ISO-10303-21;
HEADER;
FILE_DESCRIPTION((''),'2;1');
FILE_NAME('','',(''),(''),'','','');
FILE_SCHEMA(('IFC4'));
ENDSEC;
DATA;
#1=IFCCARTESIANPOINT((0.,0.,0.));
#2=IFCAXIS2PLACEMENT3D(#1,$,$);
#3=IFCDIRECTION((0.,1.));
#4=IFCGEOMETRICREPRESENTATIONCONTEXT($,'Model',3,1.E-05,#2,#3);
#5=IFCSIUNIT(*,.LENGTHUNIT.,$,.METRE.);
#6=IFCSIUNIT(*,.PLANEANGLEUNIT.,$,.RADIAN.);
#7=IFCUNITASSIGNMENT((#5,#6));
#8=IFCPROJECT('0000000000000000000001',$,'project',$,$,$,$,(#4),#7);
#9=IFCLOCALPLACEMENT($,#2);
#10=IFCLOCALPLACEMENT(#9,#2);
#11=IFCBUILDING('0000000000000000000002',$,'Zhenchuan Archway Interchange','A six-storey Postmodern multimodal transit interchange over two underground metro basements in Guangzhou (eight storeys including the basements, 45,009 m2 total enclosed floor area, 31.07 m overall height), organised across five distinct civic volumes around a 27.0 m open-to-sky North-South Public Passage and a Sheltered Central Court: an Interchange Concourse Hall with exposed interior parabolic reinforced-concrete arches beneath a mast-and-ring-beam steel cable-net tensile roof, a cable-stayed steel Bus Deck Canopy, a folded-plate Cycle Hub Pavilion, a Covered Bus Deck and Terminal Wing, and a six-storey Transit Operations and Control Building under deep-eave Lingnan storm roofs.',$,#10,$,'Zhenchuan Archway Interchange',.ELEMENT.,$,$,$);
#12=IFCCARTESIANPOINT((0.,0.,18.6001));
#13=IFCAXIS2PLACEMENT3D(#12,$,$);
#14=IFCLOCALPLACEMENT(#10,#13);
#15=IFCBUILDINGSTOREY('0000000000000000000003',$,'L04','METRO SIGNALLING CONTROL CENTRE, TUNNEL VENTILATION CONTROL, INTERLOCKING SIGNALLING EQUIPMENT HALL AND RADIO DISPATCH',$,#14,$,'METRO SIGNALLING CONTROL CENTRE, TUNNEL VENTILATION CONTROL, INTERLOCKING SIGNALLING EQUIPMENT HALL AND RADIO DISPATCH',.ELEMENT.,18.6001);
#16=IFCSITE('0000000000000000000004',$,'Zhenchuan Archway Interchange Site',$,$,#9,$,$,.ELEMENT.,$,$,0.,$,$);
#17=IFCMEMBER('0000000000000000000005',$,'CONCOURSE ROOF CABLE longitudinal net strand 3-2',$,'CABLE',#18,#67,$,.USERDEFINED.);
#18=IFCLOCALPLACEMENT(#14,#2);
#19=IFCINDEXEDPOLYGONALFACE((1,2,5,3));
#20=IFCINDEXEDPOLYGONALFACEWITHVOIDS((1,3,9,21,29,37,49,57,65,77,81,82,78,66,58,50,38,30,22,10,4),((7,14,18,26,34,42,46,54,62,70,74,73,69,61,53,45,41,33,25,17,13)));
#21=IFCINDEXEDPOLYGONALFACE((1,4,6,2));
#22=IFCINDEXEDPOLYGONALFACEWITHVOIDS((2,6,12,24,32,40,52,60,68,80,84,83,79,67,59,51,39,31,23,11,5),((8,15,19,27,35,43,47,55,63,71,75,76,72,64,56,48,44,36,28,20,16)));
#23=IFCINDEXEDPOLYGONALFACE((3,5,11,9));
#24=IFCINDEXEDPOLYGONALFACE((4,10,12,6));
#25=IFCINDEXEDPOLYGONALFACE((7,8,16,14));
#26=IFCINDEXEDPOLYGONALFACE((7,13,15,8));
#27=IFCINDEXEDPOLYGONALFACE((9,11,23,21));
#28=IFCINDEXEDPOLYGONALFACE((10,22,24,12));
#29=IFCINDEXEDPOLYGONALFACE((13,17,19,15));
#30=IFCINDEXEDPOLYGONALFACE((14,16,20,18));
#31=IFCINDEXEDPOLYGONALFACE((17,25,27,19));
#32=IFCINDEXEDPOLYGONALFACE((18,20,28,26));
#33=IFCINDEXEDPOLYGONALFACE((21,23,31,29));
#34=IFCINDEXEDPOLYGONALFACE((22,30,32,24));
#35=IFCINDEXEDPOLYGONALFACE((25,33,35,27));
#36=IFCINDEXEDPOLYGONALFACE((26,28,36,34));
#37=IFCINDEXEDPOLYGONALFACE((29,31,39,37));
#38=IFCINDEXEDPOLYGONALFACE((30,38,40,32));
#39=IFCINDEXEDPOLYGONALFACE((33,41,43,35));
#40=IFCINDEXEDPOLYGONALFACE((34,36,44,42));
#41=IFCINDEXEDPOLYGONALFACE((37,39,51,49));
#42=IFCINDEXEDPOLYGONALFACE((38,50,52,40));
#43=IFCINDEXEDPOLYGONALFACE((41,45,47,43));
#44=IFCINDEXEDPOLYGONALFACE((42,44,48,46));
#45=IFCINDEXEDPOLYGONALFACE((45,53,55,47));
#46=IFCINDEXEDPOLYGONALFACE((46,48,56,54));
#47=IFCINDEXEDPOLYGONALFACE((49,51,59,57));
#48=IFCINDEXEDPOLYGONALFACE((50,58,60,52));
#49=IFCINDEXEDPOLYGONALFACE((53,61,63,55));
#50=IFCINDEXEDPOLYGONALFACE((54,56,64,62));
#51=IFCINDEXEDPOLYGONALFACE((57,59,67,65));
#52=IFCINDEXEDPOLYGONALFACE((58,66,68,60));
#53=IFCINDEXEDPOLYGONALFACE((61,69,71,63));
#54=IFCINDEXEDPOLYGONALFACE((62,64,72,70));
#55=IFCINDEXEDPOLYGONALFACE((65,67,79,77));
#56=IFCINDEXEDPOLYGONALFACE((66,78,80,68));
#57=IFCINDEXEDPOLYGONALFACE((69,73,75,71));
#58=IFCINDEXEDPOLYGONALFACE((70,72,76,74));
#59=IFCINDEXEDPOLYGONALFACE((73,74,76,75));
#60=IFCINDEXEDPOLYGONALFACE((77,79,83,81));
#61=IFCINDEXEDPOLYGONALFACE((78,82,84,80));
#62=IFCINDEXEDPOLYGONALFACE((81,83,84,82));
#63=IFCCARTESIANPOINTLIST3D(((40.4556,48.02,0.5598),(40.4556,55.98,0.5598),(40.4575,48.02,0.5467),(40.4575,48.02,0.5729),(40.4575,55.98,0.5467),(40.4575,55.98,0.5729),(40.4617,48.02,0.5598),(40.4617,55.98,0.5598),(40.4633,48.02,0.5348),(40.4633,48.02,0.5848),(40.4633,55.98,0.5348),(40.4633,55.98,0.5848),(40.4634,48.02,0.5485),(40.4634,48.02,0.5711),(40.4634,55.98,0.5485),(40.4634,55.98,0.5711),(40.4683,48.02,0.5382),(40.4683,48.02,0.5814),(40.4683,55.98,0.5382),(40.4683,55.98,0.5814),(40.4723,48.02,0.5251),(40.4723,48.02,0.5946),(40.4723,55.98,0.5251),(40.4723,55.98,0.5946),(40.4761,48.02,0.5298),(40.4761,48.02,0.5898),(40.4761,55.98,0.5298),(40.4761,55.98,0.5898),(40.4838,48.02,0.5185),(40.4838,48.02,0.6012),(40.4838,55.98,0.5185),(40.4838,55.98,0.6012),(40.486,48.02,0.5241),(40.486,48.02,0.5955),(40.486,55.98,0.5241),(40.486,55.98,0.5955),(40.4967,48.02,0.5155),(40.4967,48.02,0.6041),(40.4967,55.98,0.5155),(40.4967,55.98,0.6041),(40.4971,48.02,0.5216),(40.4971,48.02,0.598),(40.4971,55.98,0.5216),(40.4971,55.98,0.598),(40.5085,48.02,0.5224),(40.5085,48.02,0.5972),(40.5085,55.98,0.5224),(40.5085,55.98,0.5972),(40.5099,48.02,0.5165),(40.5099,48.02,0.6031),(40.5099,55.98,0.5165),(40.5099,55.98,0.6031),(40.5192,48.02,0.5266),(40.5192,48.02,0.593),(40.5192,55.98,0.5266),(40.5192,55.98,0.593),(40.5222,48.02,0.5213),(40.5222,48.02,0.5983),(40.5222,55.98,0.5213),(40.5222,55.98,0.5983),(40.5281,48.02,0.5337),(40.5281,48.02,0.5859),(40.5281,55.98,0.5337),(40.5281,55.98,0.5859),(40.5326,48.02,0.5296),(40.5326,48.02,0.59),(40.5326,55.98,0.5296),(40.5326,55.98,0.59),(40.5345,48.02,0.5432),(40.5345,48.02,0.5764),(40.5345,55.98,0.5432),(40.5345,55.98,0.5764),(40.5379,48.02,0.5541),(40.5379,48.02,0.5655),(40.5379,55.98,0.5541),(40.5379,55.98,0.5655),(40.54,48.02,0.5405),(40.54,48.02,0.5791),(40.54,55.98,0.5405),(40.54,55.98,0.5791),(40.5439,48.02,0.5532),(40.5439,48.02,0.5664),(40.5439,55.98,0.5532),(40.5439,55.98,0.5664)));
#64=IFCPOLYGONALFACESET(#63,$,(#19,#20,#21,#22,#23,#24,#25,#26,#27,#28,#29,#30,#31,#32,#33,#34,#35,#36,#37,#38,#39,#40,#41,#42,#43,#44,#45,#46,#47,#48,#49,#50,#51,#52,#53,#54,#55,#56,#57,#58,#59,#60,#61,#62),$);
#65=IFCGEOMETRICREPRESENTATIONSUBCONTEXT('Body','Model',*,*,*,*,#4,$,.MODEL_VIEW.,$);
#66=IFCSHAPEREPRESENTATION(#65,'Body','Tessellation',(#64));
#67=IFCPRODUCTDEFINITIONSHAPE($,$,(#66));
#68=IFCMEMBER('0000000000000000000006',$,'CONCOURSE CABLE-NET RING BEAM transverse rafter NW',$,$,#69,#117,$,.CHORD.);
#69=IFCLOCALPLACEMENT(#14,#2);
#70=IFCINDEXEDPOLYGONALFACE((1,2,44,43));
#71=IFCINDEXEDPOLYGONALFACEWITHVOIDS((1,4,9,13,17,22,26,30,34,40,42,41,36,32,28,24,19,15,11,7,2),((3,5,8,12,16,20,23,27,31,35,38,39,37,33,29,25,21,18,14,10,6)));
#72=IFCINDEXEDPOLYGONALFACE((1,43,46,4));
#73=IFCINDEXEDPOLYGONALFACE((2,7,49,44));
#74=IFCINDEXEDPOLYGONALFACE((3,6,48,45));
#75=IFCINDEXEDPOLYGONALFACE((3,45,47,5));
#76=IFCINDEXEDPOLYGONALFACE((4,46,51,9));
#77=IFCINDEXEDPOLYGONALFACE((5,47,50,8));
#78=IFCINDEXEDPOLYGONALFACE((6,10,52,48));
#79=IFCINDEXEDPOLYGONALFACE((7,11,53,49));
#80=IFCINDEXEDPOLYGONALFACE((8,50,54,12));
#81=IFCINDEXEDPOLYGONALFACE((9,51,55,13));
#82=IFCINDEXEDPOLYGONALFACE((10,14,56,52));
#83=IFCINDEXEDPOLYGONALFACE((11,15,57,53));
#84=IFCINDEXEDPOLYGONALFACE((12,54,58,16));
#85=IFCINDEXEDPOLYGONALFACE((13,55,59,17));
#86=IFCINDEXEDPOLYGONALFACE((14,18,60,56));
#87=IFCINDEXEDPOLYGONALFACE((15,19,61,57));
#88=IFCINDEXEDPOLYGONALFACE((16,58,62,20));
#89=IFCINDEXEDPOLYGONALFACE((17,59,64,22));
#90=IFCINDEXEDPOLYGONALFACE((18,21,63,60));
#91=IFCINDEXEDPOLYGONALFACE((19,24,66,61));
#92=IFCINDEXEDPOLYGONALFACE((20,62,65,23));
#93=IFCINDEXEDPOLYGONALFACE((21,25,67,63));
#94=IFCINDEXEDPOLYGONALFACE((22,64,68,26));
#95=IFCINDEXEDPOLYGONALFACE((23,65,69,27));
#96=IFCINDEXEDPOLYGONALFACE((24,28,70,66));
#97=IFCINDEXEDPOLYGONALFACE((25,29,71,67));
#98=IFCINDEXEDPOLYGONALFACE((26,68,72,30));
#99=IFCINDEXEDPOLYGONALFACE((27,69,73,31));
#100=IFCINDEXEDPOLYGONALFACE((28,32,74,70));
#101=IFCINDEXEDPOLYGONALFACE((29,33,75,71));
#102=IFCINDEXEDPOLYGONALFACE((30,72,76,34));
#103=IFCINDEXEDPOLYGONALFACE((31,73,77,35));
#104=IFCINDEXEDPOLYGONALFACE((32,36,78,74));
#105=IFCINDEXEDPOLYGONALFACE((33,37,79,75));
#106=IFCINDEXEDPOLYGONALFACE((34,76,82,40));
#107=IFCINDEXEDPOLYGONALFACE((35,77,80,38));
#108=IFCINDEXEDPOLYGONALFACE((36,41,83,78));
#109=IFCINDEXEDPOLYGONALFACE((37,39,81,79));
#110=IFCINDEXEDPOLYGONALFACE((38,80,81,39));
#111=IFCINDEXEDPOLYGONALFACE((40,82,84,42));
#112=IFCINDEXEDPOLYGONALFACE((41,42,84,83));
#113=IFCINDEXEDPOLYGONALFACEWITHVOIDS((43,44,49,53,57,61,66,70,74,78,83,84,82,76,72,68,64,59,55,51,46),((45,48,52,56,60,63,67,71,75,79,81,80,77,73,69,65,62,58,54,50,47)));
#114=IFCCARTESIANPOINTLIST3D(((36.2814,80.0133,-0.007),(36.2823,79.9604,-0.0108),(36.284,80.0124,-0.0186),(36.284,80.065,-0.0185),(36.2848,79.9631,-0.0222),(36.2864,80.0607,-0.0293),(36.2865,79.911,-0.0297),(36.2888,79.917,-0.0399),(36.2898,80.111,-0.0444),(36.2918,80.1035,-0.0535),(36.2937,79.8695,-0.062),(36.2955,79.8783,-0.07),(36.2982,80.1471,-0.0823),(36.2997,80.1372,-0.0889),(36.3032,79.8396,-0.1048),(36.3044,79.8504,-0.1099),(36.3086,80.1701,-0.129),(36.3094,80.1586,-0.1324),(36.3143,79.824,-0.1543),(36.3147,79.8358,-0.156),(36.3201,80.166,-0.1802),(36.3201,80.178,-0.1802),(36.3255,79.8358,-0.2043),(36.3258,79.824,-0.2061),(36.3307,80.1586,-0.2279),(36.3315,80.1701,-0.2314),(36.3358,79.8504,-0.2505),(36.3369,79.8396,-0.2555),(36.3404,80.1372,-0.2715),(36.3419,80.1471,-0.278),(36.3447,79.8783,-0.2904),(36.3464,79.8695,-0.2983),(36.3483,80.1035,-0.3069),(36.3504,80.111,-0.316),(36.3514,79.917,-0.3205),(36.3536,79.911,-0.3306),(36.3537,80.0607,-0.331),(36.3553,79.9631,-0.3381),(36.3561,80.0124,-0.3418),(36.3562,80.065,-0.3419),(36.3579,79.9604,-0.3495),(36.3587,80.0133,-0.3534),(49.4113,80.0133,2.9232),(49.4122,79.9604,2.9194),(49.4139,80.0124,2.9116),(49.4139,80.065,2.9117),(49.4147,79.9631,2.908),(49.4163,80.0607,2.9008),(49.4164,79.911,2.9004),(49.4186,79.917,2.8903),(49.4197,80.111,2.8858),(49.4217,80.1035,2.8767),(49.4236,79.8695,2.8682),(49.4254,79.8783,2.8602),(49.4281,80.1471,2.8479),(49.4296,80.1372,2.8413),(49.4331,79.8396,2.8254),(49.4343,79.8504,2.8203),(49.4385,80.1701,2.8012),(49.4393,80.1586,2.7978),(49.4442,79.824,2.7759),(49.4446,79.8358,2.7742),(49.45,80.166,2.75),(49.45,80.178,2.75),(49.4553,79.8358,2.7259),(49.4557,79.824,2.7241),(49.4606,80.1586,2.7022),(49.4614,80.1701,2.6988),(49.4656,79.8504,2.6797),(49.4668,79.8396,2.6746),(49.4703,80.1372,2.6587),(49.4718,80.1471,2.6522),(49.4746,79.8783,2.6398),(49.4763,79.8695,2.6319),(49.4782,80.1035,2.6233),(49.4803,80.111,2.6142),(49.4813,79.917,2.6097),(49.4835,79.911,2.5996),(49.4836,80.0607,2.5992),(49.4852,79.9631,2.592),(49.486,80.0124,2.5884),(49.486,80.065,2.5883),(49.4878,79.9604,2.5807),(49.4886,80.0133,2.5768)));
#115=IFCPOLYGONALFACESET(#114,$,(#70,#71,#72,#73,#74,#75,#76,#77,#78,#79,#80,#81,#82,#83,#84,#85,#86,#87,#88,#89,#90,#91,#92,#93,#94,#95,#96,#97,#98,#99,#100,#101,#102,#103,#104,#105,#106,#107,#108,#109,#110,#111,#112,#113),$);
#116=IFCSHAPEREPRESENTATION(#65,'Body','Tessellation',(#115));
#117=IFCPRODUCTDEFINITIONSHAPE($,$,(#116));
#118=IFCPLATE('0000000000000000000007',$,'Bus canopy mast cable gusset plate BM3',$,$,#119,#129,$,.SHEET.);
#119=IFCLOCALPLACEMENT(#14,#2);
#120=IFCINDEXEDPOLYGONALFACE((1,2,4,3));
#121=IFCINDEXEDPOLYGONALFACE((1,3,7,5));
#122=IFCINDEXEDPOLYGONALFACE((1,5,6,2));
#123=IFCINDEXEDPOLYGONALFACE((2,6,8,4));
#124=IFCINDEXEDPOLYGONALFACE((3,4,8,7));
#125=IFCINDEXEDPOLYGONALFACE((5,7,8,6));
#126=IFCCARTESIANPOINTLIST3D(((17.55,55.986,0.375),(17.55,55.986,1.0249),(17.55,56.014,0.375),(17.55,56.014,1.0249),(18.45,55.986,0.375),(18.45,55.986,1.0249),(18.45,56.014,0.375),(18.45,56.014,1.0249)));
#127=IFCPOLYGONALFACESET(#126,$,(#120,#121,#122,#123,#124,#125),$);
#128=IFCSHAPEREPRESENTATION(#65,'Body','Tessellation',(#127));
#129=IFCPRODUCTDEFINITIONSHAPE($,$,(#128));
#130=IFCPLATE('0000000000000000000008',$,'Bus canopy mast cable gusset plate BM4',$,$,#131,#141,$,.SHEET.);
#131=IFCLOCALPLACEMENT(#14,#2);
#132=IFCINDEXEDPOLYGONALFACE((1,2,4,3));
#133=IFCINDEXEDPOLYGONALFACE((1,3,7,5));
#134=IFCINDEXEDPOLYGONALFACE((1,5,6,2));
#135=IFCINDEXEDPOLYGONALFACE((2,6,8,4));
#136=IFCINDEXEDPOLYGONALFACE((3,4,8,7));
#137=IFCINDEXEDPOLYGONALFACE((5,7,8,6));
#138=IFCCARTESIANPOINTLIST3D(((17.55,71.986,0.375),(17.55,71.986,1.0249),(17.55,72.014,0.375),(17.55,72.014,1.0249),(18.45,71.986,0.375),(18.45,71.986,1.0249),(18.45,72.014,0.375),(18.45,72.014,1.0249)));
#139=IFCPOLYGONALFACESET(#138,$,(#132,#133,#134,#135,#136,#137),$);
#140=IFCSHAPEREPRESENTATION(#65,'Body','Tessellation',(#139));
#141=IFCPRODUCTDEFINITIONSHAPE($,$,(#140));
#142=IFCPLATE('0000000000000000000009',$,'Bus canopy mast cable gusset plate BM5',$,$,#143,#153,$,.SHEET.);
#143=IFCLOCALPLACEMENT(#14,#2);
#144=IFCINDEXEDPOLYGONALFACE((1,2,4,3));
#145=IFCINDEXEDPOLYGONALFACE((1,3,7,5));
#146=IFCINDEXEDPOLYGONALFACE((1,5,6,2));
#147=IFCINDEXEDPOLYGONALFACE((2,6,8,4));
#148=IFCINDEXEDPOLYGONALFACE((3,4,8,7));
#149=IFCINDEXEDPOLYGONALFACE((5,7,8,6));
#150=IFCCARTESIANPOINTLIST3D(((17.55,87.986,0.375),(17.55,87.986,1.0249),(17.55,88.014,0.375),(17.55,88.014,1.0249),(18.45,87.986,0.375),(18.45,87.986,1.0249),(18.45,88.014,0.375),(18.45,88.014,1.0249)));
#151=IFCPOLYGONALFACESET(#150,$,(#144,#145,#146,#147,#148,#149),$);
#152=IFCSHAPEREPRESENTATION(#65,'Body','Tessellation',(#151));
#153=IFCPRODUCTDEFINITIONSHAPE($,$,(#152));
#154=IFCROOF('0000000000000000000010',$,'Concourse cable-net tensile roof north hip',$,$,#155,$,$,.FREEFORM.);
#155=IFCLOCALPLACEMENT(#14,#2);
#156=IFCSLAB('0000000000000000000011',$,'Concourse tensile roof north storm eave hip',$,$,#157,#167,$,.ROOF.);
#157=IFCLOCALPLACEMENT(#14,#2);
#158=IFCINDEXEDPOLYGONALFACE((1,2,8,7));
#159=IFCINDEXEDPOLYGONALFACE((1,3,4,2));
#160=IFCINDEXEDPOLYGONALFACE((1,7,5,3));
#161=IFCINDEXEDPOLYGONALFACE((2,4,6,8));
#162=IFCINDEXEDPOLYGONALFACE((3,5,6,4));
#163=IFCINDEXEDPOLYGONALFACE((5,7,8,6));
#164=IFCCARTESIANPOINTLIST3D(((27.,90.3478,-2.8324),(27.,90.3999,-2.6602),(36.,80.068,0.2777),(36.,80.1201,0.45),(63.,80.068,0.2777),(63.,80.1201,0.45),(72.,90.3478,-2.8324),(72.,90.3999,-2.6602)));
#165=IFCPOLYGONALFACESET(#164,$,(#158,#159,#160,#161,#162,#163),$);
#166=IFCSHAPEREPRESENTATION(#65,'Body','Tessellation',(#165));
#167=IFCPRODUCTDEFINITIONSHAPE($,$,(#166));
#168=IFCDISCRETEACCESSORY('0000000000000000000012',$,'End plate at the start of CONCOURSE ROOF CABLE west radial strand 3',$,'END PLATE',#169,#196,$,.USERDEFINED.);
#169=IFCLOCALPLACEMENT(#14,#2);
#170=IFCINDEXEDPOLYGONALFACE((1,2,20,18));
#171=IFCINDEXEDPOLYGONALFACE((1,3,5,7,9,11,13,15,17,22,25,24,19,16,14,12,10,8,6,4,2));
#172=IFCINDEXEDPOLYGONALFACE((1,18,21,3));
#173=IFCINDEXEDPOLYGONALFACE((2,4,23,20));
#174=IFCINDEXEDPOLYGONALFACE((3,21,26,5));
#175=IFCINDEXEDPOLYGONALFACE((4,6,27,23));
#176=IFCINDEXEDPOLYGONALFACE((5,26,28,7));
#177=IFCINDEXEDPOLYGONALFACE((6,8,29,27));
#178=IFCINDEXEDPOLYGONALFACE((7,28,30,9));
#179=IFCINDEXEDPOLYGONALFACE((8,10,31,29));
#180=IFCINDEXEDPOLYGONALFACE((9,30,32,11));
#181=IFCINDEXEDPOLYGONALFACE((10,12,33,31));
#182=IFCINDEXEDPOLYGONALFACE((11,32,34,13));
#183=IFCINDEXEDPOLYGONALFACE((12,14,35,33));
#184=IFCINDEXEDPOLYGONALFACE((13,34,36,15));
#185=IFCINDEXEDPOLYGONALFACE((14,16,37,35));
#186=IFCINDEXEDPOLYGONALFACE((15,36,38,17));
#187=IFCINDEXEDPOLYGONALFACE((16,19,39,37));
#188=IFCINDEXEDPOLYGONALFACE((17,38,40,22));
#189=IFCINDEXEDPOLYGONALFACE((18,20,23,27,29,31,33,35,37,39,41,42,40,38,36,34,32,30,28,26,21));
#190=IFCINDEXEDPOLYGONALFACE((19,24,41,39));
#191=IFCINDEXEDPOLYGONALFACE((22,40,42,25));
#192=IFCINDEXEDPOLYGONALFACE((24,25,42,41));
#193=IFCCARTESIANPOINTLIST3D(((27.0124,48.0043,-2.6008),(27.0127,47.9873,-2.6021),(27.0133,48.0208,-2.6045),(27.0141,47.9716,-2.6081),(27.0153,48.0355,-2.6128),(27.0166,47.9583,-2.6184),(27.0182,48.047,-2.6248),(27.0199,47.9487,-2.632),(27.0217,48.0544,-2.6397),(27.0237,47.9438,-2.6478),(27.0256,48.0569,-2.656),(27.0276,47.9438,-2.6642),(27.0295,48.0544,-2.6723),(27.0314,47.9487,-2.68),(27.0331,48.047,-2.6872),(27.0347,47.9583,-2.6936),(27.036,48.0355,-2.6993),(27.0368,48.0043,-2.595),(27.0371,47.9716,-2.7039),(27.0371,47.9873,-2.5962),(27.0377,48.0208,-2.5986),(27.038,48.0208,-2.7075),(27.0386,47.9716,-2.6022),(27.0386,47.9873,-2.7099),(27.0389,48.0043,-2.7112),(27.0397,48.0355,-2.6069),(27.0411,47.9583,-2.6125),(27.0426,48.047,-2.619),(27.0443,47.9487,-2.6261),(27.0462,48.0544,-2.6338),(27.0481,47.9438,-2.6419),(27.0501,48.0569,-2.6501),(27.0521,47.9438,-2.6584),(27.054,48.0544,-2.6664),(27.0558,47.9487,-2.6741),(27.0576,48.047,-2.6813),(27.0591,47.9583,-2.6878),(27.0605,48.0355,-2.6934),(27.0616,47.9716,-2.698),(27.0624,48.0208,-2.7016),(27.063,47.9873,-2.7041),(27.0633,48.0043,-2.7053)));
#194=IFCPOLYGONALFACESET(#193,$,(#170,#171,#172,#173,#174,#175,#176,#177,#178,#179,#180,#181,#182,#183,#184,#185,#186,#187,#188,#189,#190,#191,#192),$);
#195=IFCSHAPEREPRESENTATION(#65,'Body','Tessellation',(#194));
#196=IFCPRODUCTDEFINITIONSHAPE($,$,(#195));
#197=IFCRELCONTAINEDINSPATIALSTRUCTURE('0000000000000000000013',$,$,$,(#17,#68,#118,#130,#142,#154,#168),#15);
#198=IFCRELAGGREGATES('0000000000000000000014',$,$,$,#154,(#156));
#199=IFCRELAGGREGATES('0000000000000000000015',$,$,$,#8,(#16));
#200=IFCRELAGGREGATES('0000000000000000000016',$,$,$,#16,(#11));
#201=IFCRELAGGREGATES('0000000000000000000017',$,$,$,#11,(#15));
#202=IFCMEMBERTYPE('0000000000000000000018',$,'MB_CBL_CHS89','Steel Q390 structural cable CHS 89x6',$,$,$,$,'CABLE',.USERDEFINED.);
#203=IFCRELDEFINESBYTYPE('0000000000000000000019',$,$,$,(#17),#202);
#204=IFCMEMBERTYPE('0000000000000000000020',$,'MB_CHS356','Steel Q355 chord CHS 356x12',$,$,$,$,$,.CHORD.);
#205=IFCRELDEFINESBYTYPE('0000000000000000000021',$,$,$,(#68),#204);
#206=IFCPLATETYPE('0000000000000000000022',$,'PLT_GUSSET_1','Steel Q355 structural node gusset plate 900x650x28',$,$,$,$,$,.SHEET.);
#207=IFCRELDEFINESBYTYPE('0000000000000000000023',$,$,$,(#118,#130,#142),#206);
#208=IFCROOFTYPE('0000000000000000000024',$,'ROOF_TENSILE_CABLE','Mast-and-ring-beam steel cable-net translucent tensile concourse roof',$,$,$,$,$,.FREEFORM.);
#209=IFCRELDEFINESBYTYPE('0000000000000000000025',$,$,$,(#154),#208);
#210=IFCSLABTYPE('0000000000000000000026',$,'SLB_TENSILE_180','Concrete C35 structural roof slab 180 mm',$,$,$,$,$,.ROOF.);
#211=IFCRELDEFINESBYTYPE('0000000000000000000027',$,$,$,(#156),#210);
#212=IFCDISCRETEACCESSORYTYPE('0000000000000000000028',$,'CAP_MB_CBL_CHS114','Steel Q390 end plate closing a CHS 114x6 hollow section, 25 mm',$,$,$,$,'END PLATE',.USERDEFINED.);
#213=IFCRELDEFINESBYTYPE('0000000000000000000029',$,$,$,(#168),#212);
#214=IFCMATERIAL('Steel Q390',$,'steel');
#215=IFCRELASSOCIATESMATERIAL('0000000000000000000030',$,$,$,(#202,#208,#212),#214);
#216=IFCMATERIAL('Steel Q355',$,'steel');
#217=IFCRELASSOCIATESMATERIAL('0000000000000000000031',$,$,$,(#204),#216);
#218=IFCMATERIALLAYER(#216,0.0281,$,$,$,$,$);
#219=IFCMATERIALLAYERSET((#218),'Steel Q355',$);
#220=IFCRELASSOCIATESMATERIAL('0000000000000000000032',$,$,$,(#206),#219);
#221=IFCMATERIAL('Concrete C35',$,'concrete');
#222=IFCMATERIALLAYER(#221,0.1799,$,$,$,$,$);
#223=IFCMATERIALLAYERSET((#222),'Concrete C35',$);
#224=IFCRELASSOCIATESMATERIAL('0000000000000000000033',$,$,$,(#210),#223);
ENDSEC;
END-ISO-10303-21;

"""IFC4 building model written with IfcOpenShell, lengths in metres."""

from ifc_helpers import new_model, si_unit, direction, frame, origin, origin_2d, place, context, subcontext, project, spatial, polyline, rectangle, circle, hollow_circle, outline, extrude, material, layer, layer_set, material_profile, profile_set, type_object, element, aggregate, save


model = new_model("IFC4")

# Units and contexts
model_context = context("Model", 3, precision=1e-05, world=origin(), true_north=direction((0.0, 1.0)))
body_context = subcontext(model_context, "Body", "Model", "MODEL_VIEW")
ifc_project = project(units=[si_unit("LENGTHUNIT", "METRE"), si_unit("PLANEANGLEUNIT", "RADIAN")], contexts=[model_context])

# Site, building, storey
site_placement = place(None, origin())
site = spatial("IfcSite", under=ifc_project, at=site_placement, Name="Zhenchuan Archway Interchange Site", CompositionType="ELEMENT", RefElevation=0.0)
building_placement = place(site_placement, origin())
building = spatial("IfcBuilding", under=site, at=building_placement, Name="Zhenchuan Archway Interchange", Description="A six-storey Postmodern multimodal transit interchange over two underground metro basements in Guangzhou (eight storeys including the basements, 45,009 m2 total enclosed floor area, 31.07 m overall height), organised across five distinct civic volumes around a 27.0 m open-to-sky North-South Public Passage and a Sheltered Central Court: an Interchange Concourse Hall with exposed interior parabolic reinforced-concrete arches beneath a mast-and-ring-beam steel cable-net tensile roof, a cable-stayed steel Bus Deck Canopy, a folded-plate Cycle Hub Pavilion, a Covered Bus Deck and Terminal Wing, and a six-storey Transit Operations and Control Building under deep-eave Lingnan storm roofs.", LongName="Zhenchuan Archway Interchange", CompositionType="ELEMENT")
storey_placement = place(building_placement, frame((0.0, 0.0, 18.6001)))
storey = spatial("IfcBuildingStorey", under=building, at=storey_placement, Name="L04", Description="METRO SIGNALLING CONTROL CENTRE, TUNNEL VENTILATION CONTROL, INTERLOCKING SIGNALLING EQUIPMENT HALL AND RADIO DISPATCH", LongName="METRO SIGNALLING CONTROL CENTRE, TUNNEL VENTILATION CONTROL, INTERLOCKING SIGNALLING EQUIPMENT HALL AND RADIO DISPATCH", CompositionType="ELEMENT", Elevation=18.6001)

# Shared definitions
ifc_material_1 = material(Name="Steel Q390", Category="steel")

# Members
ifc_material_profile_1 = material_profile(ifc_material_1, hollow_circle(Radius=0.0444, WallThickness=0.0061, at=origin_2d()), Name="CHS 89x6")
ifc_profile_set_1 = profile_set([ifc_material_profile_1], Name="Steel Q390")
member_type_1 = type_object("IfcMemberType", Name="MB_CBL_CHS89", Description="Steel Q390 structural cable CHS 89x6", ElementType="CABLE", PredefinedType="USERDEFINED", material=ifc_profile_set_1)
member_1_placement = place(storey_placement, frame((40.5, 48.02, 0.5598), z_axis=(0.0, 1.0, 0.0), x_axis=(-1.0, 0.0, 0.0)))
element("IfcMember", 1, at=member_1_placement, inside=storey, type_object=member_type_1, Name="CONCOURSE ROOF CABLE longitudinal net strand 3-2", ObjectType="CABLE", PredefinedType="USERDEFINED", context=body_context, shape_type="SweptSolid", body=[
    extrude(hollow_circle(Radius=0.0444, WallThickness=0.0061, at=origin_2d()), origin(), (0.0, 0.0, 1.0), 7.96),
])
ifc_material_2 = material(Name="Steel Q355", Category="steel")
ifc_material_profile_2 = material_profile(ifc_material_2, hollow_circle(Radius=0.178, WallThickness=0.012, at=origin_2d()), Name="CHS 356x12")
ifc_profile_set_2 = profile_set([ifc_material_profile_2], Name="Steel Q355")
member_type_2 = type_object("IfcMemberType", Name="MB_CHS356", Description="Steel Q355 chord CHS 356x12", PredefinedType="CHORD", material=ifc_profile_set_2)
member_2_placement = place(storey_placement, frame((36.3201, 80.0, -0.1802), z_axis=(0.975991, 0.0, 0.21781), x_axis=(0.0, 1.0, 0.0)))
element("IfcMember", 2, at=member_2_placement, inside=storey, type_object=member_type_2, Name="CONCOURSE CABLE-NET RING BEAM transverse rafter NW", PredefinedType="CHORD", context=body_context, shape_type="SweptSolid", body=[
    extrude(hollow_circle(Radius=0.178, WallThickness=0.012, at=origin_2d()), origin(), (0.0, 0.0, 1.0), 13.4529),
])

# Plates
ifc_layer_1 = layer(ifc_material_2, 0.0281)
ifc_layer_set_1 = layer_set([ifc_layer_1], Name="Steel Q355")
plate_type = type_object("IfcPlateType", Name="PLT_GUSSET_1", Description="Steel Q355 structural node gusset plate 900x650x28", PredefinedType="SHEET", material=ifc_layer_set_1)
for number, where, z_axis, x_axis, name in (
    (3, (18.0, 56.0, 0.375), (0.0, 0.0, 1.0), (1.0, 0.0, 0.0), "Bus canopy mast cable gusset plate BM3"),
    (4, (18.0, 72.0, 0.375), (0.0, 0.0, 1.0), (1.0, 0.0, 0.0), "Bus canopy mast cable gusset plate BM4"),
    (5, (18.0, 88.0, 0.375), (0.0, 0.0, 1.0), (1.0, 0.0, 0.0), "Bus canopy mast cable gusset plate BM5"),
):
    element("IfcPlate", number, at=place(storey_placement, frame(where, z_axis=z_axis, x_axis=x_axis)), inside=storey, type_object=plate_type, Name=name, PredefinedType="SHEET", context=body_context, shape_type="SweptSolid", body=[
        extrude(rectangle(XDim=0.8999, YDim=0.0281, at=origin_2d()), origin(), (0.0, 0.0, 1.0), 0.6499),
    ])

# Roof, slab
roof_type = type_object("IfcRoofType", Name="ROOF_TENSILE_CABLE", Description="Mast-and-ring-beam steel cable-net translucent tensile concourse roof", PredefinedType="FREEFORM", material=ifc_material_1)
roof_placement = place(storey_placement, origin())
roof = element("IfcRoof", 6, at=roof_placement, inside=storey, type_object=roof_type, Name="Concourse cable-net tensile roof north hip", PredefinedType="FREEFORM")
ifc_material_3 = material(Name="Concrete C35", Category="concrete")
ifc_layer_2 = layer(ifc_material_3, 0.1799)
ifc_layer_set_2 = layer_set([ifc_layer_2], Name="Concrete C35")
slab_type = type_object("IfcSlabType", Name="SLB_TENSILE_180", Description="Concrete C35 structural roof slab 180 mm", PredefinedType="ROOF", material=ifc_layer_set_2)
slab_placement = place(storey_placement, frame((36.0, 80.1201, 0.45), z_axis=(0.0, 0.289583, 0.957153), x_axis=(1.0, 0.0, 0.0)))
slab = element("IfcSlab", 7, at=slab_placement, type_object=slab_type, Name="Concourse tensile roof north storm eave hip", PredefinedType="ROOF", context=body_context, shape_type="SweptSolid", body=[
    extrude(outline(polyline([(0.0, 0.0), (27.0, 0.0), (36.0, 10.74), (-9.0, 10.74), (0.0, 0.0)])), origin(), (0.0, 0.0, -1.0), 0.1799),
])
aggregate(roof, [slab])

# Discrete accessory
discrete_accessory_type = type_object("IfcDiscreteAccessoryType", Name="CAP_MB_CBL_CHS114", Description="Steel Q390 end plate closing a CHS 114x6 hollow section, 25 mm", ElementType="END PLATE", PredefinedType="USERDEFINED", material=ifc_material_1)
for number, where, z_axis, x_axis, name in (
    (8, (27.0256, 48.0, -2.656), (0.972387, 0.0, 0.233373), (0.0, 1.0, 0.0), "End plate at the start of CONCOURSE ROOF CABLE west radial strand 3"),
):
    element("IfcDiscreteAccessory", number, at=place(storey_placement, frame(where, z_axis=z_axis, x_axis=x_axis)), inside=storey, type_object=discrete_accessory_type, Name=name, ObjectType="END PLATE", PredefinedType="USERDEFINED", context=body_context, shape_type="SweptSolid", body=[
        extrude(circle(Radius=0.0569, at=origin_2d()), origin(), (0.0, 0.0, 1.0), 0.0251),
    ])

save(model, "model.ifc")
